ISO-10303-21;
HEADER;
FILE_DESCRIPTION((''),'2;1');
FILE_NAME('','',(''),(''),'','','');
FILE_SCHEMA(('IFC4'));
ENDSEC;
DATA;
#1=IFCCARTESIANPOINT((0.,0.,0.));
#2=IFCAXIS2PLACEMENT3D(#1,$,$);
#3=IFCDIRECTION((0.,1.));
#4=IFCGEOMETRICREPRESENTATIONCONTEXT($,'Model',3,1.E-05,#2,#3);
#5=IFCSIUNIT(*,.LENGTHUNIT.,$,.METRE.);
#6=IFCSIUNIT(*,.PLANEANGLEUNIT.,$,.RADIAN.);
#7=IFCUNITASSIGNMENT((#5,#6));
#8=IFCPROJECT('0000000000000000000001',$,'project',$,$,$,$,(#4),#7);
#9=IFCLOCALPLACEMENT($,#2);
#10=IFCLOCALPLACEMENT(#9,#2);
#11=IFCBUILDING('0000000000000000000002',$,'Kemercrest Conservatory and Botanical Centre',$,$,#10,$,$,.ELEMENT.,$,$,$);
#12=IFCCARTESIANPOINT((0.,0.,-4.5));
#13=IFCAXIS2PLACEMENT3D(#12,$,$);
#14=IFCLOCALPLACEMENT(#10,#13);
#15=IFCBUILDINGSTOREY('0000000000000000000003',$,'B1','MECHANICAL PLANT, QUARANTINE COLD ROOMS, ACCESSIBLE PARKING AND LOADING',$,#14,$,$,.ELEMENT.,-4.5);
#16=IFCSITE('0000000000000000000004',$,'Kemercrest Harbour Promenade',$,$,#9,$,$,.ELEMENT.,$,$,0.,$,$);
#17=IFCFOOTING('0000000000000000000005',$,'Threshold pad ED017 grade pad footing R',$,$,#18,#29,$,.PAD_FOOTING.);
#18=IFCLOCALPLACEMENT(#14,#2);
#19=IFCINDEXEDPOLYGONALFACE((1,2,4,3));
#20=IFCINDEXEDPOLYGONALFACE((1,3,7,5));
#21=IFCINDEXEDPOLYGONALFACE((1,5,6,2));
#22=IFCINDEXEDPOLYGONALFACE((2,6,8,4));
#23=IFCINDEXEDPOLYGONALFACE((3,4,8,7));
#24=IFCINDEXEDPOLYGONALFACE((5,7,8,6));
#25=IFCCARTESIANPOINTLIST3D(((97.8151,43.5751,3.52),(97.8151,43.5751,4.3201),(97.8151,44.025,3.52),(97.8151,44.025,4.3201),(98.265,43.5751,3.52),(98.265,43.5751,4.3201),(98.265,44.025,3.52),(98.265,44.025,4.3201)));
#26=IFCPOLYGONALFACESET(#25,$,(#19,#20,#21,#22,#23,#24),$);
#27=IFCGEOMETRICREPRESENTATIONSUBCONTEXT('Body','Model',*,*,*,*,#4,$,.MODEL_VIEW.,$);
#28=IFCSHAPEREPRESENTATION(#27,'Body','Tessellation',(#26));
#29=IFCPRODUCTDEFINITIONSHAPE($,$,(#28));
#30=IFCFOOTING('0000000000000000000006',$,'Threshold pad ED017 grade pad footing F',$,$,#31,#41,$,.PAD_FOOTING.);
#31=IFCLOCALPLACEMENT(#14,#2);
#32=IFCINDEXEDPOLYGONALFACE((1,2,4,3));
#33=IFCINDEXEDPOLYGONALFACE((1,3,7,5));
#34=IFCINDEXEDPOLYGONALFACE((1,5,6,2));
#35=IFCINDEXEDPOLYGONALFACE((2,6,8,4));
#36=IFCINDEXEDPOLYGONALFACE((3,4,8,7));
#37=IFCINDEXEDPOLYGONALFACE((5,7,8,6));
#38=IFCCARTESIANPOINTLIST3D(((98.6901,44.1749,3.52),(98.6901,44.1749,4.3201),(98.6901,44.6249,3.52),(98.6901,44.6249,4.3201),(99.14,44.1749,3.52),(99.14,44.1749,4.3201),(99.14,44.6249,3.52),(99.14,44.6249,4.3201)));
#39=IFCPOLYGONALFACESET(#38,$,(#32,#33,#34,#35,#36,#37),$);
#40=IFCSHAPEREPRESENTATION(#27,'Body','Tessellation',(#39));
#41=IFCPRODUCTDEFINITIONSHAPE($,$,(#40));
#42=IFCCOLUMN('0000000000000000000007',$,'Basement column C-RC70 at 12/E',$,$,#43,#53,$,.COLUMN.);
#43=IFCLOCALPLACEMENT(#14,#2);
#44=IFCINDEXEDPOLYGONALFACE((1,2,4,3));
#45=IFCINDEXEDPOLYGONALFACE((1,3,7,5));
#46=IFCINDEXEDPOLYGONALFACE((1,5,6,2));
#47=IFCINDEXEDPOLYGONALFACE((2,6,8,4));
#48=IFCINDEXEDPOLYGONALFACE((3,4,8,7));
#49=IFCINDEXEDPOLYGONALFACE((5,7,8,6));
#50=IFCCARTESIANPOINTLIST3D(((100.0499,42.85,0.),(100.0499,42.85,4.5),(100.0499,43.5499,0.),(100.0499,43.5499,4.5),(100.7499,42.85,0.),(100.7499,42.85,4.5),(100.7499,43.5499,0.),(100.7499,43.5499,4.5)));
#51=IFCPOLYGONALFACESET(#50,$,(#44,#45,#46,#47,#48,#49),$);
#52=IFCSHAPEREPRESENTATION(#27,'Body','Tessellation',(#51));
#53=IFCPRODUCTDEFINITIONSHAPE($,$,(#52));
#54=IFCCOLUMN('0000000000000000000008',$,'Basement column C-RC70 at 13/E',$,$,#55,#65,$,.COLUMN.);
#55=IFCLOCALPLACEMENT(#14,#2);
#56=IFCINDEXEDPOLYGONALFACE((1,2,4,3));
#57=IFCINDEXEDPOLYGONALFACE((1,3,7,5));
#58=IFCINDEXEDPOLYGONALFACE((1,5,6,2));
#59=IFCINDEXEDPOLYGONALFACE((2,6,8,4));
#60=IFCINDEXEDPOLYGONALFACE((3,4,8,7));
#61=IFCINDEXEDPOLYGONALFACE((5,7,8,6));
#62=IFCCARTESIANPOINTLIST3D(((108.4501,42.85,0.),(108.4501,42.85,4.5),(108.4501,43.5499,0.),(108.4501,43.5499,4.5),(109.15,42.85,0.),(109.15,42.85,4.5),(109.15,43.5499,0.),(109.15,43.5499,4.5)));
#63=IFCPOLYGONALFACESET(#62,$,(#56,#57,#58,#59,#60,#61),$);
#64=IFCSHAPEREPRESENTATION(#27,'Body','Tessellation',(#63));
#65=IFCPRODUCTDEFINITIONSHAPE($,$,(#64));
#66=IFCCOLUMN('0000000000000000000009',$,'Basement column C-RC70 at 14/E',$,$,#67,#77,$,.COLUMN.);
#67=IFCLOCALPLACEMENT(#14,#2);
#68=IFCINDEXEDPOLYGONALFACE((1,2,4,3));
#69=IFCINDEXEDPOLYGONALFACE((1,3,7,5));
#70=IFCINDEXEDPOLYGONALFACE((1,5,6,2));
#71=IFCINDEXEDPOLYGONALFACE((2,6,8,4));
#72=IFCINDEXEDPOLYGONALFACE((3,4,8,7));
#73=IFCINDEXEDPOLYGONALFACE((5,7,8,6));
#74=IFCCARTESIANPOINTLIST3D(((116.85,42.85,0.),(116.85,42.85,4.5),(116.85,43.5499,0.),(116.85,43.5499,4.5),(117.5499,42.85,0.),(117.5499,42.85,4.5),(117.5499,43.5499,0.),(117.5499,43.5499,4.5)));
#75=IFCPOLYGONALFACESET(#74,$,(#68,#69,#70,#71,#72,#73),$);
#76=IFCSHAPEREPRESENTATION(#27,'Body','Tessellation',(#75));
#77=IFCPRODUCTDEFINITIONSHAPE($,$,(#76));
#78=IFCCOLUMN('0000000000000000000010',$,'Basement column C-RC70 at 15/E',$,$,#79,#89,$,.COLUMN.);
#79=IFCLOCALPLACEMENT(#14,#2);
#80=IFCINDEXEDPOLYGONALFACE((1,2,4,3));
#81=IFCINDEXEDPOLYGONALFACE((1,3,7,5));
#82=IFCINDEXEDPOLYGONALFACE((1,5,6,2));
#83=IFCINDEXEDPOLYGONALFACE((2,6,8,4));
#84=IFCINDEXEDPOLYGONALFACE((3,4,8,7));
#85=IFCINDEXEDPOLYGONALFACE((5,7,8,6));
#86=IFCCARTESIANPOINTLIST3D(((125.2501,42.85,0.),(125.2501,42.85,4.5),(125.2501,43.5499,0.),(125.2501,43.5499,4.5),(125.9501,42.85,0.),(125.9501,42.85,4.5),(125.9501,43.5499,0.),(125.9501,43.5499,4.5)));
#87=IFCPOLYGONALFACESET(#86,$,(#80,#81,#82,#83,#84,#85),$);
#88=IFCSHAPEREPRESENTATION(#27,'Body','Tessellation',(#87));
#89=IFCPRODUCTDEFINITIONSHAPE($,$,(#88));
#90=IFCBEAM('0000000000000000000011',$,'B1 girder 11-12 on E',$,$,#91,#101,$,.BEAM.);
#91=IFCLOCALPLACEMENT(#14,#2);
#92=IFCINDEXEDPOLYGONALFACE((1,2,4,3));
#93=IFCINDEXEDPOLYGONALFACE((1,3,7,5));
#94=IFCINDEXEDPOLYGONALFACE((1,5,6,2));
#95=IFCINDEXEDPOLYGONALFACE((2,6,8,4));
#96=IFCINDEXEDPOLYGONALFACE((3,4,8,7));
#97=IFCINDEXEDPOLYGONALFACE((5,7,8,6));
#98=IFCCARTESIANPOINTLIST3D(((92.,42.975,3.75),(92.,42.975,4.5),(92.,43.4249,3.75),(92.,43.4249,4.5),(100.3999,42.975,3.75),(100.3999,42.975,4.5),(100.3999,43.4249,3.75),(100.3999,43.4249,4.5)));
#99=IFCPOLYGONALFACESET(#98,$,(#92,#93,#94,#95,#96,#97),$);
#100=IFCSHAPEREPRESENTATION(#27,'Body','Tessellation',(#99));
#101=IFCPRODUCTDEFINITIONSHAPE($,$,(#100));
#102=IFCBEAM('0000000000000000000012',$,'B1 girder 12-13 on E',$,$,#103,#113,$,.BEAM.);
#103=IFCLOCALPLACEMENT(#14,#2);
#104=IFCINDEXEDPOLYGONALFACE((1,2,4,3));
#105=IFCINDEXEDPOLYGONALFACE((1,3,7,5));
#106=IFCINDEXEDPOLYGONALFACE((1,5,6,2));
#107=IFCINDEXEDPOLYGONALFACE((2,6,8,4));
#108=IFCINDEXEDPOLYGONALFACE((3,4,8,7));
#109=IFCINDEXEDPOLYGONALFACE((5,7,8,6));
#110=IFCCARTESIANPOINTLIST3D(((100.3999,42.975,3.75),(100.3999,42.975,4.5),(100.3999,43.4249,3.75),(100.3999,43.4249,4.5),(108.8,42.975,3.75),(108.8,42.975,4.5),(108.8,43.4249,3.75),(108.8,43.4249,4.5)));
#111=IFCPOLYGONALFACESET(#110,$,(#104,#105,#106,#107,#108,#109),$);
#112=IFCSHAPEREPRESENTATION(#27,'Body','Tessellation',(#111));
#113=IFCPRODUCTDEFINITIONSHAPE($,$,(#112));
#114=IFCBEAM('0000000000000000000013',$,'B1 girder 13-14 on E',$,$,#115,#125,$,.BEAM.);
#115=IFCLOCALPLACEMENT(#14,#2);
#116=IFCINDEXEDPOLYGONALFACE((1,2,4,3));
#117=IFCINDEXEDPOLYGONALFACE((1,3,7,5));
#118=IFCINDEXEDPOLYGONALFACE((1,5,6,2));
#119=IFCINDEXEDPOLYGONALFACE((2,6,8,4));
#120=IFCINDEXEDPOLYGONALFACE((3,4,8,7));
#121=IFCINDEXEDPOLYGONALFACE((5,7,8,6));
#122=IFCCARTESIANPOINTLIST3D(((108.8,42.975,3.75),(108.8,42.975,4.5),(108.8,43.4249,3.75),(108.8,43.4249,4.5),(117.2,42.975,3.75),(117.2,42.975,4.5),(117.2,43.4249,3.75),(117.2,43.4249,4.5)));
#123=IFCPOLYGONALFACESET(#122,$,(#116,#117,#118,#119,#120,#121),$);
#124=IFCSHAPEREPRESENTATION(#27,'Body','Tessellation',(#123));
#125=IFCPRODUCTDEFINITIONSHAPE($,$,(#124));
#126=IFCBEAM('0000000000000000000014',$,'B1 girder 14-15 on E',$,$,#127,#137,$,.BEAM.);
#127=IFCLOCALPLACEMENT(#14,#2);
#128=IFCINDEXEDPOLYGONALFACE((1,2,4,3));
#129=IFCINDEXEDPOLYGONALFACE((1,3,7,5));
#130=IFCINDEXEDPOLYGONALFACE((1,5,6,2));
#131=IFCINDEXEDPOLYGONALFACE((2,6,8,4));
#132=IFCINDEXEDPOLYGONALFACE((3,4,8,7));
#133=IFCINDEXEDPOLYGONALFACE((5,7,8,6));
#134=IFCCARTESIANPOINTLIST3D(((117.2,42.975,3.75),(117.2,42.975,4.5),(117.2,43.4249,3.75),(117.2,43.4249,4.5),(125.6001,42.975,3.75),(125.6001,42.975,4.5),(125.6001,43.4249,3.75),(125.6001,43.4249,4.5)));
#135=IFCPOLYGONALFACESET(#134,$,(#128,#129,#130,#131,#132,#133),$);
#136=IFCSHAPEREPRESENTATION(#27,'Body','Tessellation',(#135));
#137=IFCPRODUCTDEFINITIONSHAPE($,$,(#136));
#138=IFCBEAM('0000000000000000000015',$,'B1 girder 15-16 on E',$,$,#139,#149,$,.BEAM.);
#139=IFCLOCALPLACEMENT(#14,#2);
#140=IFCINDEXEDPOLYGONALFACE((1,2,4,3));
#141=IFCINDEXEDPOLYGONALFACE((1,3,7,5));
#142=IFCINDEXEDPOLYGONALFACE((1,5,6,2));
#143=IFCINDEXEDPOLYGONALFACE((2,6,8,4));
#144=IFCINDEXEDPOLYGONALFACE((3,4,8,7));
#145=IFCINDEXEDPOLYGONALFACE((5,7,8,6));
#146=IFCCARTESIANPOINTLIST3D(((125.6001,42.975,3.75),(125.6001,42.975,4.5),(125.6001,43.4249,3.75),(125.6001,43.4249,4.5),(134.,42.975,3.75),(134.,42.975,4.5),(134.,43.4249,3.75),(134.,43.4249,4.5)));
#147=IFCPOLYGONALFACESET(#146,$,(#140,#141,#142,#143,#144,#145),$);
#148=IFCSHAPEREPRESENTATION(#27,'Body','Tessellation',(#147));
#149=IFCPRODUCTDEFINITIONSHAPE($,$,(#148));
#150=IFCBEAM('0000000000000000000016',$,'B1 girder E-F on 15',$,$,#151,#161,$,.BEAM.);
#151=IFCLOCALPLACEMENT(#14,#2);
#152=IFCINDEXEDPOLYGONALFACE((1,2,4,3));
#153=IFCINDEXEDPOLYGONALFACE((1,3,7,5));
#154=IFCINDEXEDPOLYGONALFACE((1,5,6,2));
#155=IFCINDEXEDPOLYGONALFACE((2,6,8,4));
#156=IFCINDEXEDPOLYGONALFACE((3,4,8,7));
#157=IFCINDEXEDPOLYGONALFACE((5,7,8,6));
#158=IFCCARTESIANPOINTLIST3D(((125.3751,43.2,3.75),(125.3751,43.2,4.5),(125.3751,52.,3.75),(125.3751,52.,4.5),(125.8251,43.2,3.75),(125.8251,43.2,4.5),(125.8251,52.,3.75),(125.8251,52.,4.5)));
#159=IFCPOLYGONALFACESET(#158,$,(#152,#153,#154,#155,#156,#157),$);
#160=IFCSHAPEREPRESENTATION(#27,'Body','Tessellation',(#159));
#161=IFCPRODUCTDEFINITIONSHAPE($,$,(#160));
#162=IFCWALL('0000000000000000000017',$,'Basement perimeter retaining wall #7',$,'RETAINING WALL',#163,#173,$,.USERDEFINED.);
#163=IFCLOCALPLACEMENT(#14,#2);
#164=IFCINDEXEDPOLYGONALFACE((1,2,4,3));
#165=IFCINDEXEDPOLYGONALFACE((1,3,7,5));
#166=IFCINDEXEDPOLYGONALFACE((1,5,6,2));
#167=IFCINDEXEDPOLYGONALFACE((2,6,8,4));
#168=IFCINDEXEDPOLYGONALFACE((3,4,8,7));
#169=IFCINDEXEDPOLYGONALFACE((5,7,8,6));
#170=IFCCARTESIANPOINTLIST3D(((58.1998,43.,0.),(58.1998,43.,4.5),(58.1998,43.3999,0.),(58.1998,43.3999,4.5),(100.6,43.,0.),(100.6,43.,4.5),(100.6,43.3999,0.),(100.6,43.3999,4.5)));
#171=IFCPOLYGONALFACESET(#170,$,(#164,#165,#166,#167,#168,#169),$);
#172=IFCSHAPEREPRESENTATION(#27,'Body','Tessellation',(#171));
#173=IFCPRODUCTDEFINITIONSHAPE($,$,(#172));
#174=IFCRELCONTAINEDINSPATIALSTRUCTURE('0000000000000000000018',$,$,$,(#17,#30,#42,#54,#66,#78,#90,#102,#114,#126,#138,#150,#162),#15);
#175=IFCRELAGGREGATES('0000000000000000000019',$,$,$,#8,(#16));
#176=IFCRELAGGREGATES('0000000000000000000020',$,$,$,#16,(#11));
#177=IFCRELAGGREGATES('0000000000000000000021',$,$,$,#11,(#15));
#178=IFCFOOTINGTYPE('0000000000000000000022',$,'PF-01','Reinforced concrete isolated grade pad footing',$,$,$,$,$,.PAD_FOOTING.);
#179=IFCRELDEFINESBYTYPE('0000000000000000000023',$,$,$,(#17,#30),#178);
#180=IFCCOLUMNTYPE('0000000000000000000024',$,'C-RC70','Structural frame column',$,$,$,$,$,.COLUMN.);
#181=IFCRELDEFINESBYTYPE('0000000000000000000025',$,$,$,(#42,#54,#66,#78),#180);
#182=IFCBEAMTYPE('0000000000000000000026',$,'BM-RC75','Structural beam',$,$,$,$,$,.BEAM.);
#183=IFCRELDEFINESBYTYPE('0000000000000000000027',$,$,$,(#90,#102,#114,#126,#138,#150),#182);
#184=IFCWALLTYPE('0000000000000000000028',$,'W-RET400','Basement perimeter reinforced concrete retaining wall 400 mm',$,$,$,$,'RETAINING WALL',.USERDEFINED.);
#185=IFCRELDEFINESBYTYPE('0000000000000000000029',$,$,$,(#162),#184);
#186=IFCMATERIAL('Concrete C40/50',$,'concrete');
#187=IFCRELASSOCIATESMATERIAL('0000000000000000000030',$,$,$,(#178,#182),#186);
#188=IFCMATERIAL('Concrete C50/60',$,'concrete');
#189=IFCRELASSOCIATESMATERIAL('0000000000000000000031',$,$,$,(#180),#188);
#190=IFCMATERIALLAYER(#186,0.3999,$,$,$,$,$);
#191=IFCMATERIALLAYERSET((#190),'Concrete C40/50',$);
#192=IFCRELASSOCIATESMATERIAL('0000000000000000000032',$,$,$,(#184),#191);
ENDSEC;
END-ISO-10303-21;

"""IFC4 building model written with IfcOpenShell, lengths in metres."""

from ifc_helpers import new_model, si_unit, direction, frame, frame_2d, origin, origin_2d, place, context, subcontext, project, spatial, rectangle, extrude, material, layer, layer_set, material_profile, profile_set, type_object, element, save


model = new_model("IFC4")

# Units and contexts
model_context = context("Model", 3, precision=1e-05, world=origin(), true_north=direction((0.0, 1.0)))
body_context = subcontext(model_context, "Body", "Model", "MODEL_VIEW")
ifc_project = project(units=[si_unit("LENGTHUNIT", "METRE"), si_unit("PLANEANGLEUNIT", "RADIAN")], contexts=[model_context])

# Site, building, storey
site_placement = place(None, origin())
site = spatial("IfcSite", under=ifc_project, at=site_placement, Name="Kemercrest Harbour Promenade", CompositionType="ELEMENT", RefElevation=0.0)
building_placement = place(site_placement, origin())
building = spatial("IfcBuilding", under=site, at=building_placement, Name="Kemercrest Conservatory and Botanical Centre", CompositionType="ELEMENT")
storey_placement = place(building_placement, frame((0.0, 0.0, -4.5)))
storey = spatial("IfcBuildingStorey", under=building, at=storey_placement, Name="B1", Description="MECHANICAL PLANT, QUARANTINE COLD ROOMS, ACCESSIBLE PARKING AND LOADING", CompositionType="ELEMENT", Elevation=-4.5)

# Shared definitions
ifc_material_1 = material(Name="Concrete C40/50", Category="concrete")

# Footings
footing_type_1 = type_object("IfcFootingType", Name="PF-01", Description="Reinforced concrete isolated grade pad footing", PredefinedType="PAD_FOOTING", material=ifc_material_1)
for number, where, z_axis, x_axis, name in (
    (1, (98.04, 43.8, 3.52), (0.0, 0.0, 1.0), (-1.0, 0.0, 0.0), "Threshold pad ED017 grade pad footing R"),
    (2, (98.915, 44.3999, 3.52), (0.0, 0.0, 1.0), (-1.0, 0.0, 0.0), "Threshold pad ED017 grade pad footing F"),
):
    element("IfcFooting", number, at=place(storey_placement, frame(where, z_axis=z_axis, x_axis=x_axis)), inside=storey, type_object=footing_type_1, Name=name, PredefinedType="PAD_FOOTING", context=body_context, shape_type="SweptSolid", body=[
        extrude(rectangle(XDim=0.45, YDim=0.45, at=origin_2d()), origin(), (0.0, 0.0, 1.0), 0.8),
    ])

# Columns
ifc_material_2 = material(Name="Concrete C50/60", Category="concrete")
ifc_material_profile_1 = material_profile(ifc_material_2, rectangle(XDim=0.7, YDim=0.7, at=origin_2d()), Name="RC 700x700")
ifc_profile_set_1 = profile_set([ifc_material_profile_1], Name="Concrete C50/60")
column_type = type_object("IfcColumnType", Name="C-RC70", Description="Structural frame column", PredefinedType="COLUMN", material=ifc_profile_set_1)
for number, where, z_axis, x_axis, name in (
    (3, (100.3999, 43.2, 0.0), (0.0, 0.0, 1.0), (1.0, 0.0, 0.0), "Basement column C-RC70 at 12/E"),
    (4, (108.8, 43.2, 0.0), (0.0, 0.0, 1.0), (1.0, 0.0, 0.0), "Basement column C-RC70 at 13/E"),
    (5, (117.2, 43.2, 0.0), (0.0, 0.0, 1.0), (1.0, 0.0, 0.0), "Basement column C-RC70 at 14/E"),
    (6, (125.6001, 43.2, 0.0), (0.0, 0.0, 1.0), (1.0, 0.0, 0.0), "Basement column C-RC70 at 15/E"),
):
    element("IfcColumn", number, at=place(storey_placement, frame(where, z_axis=z_axis, x_axis=x_axis)), inside=storey, type_object=column_type, Name=name, PredefinedType="COLUMN", context=body_context, shape_type="SweptSolid", body=[
        extrude(rectangle(XDim=0.7, YDim=0.7, at=origin_2d()), origin(), (0.0, 0.0, 1.0), 4.5),
    ])

# Beams
ifc_material_profile_2 = material_profile(ifc_material_1, rectangle(XDim=0.45, YDim=0.75, at=origin_2d()), Name="RC 450x750")
ifc_profile_set_2 = profile_set([ifc_material_profile_2], Name="Concrete C40/50")
beam_type = type_object("IfcBeamType", Name="BM-RC75", Description="Structural beam", PredefinedType="BEAM", material=ifc_profile_set_2)
beam_1_placement = place(storey_placement, frame((92.0, 43.2, 4.125), z_axis=(1.0, 0.0, 0.0), x_axis=(0.0, 1.0, 0.0)))
element("IfcBeam", 7, at=beam_1_placement, inside=storey, type_object=beam_type, Name="B1 girder 11-12 on E", PredefinedType="BEAM", context=body_context, shape_type="SweptSolid", body=[
    extrude(rectangle(XDim=0.45, YDim=0.75, at=origin_2d()), origin(), (0.0, 0.0, 1.0), 8.3999),
])
beam_2_placement = place(storey_placement, frame((100.3999, 43.2, 4.125), z_axis=(1.0, 0.0, 0.0), x_axis=(0.0, 1.0, 0.0)))
element("IfcBeam", 8, at=beam_2_placement, inside=storey, type_object=beam_type, Name="B1 girder 12-13 on E", PredefinedType="BEAM", context=body_context, shape_type="SweptSolid", body=[
    extrude(rectangle(XDim=0.45, YDim=0.75, at=origin_2d()), origin(), (0.0, 0.0, 1.0), 8.4001),
])
beam_3_placement = place(storey_placement, frame((108.8, 43.2, 4.125), z_axis=(1.0, 0.0, 0.0), x_axis=(0.0, 1.0, 0.0)))
element("IfcBeam", 9, at=beam_3_placement, inside=storey, type_object=beam_type, Name="B1 girder 13-14 on E", PredefinedType="BEAM", context=body_context, shape_type="SweptSolid", body=[
    extrude(rectangle(XDim=0.45, YDim=0.75, at=origin_2d()), origin(), (0.0, 0.0, 1.0), 8.3999),
])
beam_4_placement = place(storey_placement, frame((117.2, 43.2, 4.125), z_axis=(1.0, 0.0, 0.0), x_axis=(0.0, 1.0, 0.0)))
element("IfcBeam", 10, at=beam_4_placement, inside=storey, type_object=beam_type, Name="B1 girder 14-15 on E", PredefinedType="BEAM", context=body_context, shape_type="SweptSolid", body=[
    extrude(rectangle(XDim=0.45, YDim=0.75, at=origin_2d()), origin(), (0.0, 0.0, 1.0), 8.4001),
])
beam_5_placement = place(storey_placement, frame((125.6001, 43.2, 4.125), z_axis=(1.0, 0.0, 0.0), x_axis=(0.0, 1.0, 0.0)))
element("IfcBeam", 11, at=beam_5_placement, inside=storey, type_object=beam_type, Name="B1 girder 15-16 on E", PredefinedType="BEAM", context=body_context, shape_type="SweptSolid", body=[
    extrude(rectangle(XDim=0.45, YDim=0.75, at=origin_2d()), origin(), (0.0, 0.0, 1.0), 8.3999),
])
beam_6_placement = place(storey_placement, frame((125.6001, 43.2, 4.125), z_axis=(0.0, 1.0, 0.0), x_axis=(-1.0, 0.0, 0.0)))
element("IfcBeam", 12, at=beam_6_placement, inside=storey, type_object=beam_type, Name="B1 girder E-F on 15", PredefinedType="BEAM", context=body_context, shape_type="SweptSolid", body=[
    extrude(rectangle(XDim=0.45, YDim=0.75, at=origin_2d()), origin(), (0.0, 0.0, 1.0), 8.8),
])

# Wall
ifc_layer = layer(ifc_material_1, 0.3999)
ifc_layer_set = layer_set([ifc_layer], Name="Concrete C40/50")
wall_type = type_object("IfcWallType", Name="W-RET400", Description="Basement perimeter reinforced concrete retaining wall 400 mm", ElementType="RETAINING WALL", PredefinedType="USERDEFINED", material=ifc_layer_set)
wall_placement = place(storey_placement, frame((100.6001, 43.2, 0.0), z_axis=(0.0, 0.0, 1.0), x_axis=(-1.0, 0.0, 0.0)))
element("IfcWall", 13, at=wall_placement, inside=storey, type_object=wall_type, Name="Basement perimeter retaining wall #7", ObjectType="RETAINING WALL", PredefinedType="USERDEFINED", context=body_context, shape_type="SweptSolid", body=[
    extrude(rectangle(XDim=42.4001, YDim=0.3999, at=frame_2d((21.2002, 0.0))), origin(), (0.0, 0.0, 1.0), 4.5),
])

save(model, "model.ifc")
